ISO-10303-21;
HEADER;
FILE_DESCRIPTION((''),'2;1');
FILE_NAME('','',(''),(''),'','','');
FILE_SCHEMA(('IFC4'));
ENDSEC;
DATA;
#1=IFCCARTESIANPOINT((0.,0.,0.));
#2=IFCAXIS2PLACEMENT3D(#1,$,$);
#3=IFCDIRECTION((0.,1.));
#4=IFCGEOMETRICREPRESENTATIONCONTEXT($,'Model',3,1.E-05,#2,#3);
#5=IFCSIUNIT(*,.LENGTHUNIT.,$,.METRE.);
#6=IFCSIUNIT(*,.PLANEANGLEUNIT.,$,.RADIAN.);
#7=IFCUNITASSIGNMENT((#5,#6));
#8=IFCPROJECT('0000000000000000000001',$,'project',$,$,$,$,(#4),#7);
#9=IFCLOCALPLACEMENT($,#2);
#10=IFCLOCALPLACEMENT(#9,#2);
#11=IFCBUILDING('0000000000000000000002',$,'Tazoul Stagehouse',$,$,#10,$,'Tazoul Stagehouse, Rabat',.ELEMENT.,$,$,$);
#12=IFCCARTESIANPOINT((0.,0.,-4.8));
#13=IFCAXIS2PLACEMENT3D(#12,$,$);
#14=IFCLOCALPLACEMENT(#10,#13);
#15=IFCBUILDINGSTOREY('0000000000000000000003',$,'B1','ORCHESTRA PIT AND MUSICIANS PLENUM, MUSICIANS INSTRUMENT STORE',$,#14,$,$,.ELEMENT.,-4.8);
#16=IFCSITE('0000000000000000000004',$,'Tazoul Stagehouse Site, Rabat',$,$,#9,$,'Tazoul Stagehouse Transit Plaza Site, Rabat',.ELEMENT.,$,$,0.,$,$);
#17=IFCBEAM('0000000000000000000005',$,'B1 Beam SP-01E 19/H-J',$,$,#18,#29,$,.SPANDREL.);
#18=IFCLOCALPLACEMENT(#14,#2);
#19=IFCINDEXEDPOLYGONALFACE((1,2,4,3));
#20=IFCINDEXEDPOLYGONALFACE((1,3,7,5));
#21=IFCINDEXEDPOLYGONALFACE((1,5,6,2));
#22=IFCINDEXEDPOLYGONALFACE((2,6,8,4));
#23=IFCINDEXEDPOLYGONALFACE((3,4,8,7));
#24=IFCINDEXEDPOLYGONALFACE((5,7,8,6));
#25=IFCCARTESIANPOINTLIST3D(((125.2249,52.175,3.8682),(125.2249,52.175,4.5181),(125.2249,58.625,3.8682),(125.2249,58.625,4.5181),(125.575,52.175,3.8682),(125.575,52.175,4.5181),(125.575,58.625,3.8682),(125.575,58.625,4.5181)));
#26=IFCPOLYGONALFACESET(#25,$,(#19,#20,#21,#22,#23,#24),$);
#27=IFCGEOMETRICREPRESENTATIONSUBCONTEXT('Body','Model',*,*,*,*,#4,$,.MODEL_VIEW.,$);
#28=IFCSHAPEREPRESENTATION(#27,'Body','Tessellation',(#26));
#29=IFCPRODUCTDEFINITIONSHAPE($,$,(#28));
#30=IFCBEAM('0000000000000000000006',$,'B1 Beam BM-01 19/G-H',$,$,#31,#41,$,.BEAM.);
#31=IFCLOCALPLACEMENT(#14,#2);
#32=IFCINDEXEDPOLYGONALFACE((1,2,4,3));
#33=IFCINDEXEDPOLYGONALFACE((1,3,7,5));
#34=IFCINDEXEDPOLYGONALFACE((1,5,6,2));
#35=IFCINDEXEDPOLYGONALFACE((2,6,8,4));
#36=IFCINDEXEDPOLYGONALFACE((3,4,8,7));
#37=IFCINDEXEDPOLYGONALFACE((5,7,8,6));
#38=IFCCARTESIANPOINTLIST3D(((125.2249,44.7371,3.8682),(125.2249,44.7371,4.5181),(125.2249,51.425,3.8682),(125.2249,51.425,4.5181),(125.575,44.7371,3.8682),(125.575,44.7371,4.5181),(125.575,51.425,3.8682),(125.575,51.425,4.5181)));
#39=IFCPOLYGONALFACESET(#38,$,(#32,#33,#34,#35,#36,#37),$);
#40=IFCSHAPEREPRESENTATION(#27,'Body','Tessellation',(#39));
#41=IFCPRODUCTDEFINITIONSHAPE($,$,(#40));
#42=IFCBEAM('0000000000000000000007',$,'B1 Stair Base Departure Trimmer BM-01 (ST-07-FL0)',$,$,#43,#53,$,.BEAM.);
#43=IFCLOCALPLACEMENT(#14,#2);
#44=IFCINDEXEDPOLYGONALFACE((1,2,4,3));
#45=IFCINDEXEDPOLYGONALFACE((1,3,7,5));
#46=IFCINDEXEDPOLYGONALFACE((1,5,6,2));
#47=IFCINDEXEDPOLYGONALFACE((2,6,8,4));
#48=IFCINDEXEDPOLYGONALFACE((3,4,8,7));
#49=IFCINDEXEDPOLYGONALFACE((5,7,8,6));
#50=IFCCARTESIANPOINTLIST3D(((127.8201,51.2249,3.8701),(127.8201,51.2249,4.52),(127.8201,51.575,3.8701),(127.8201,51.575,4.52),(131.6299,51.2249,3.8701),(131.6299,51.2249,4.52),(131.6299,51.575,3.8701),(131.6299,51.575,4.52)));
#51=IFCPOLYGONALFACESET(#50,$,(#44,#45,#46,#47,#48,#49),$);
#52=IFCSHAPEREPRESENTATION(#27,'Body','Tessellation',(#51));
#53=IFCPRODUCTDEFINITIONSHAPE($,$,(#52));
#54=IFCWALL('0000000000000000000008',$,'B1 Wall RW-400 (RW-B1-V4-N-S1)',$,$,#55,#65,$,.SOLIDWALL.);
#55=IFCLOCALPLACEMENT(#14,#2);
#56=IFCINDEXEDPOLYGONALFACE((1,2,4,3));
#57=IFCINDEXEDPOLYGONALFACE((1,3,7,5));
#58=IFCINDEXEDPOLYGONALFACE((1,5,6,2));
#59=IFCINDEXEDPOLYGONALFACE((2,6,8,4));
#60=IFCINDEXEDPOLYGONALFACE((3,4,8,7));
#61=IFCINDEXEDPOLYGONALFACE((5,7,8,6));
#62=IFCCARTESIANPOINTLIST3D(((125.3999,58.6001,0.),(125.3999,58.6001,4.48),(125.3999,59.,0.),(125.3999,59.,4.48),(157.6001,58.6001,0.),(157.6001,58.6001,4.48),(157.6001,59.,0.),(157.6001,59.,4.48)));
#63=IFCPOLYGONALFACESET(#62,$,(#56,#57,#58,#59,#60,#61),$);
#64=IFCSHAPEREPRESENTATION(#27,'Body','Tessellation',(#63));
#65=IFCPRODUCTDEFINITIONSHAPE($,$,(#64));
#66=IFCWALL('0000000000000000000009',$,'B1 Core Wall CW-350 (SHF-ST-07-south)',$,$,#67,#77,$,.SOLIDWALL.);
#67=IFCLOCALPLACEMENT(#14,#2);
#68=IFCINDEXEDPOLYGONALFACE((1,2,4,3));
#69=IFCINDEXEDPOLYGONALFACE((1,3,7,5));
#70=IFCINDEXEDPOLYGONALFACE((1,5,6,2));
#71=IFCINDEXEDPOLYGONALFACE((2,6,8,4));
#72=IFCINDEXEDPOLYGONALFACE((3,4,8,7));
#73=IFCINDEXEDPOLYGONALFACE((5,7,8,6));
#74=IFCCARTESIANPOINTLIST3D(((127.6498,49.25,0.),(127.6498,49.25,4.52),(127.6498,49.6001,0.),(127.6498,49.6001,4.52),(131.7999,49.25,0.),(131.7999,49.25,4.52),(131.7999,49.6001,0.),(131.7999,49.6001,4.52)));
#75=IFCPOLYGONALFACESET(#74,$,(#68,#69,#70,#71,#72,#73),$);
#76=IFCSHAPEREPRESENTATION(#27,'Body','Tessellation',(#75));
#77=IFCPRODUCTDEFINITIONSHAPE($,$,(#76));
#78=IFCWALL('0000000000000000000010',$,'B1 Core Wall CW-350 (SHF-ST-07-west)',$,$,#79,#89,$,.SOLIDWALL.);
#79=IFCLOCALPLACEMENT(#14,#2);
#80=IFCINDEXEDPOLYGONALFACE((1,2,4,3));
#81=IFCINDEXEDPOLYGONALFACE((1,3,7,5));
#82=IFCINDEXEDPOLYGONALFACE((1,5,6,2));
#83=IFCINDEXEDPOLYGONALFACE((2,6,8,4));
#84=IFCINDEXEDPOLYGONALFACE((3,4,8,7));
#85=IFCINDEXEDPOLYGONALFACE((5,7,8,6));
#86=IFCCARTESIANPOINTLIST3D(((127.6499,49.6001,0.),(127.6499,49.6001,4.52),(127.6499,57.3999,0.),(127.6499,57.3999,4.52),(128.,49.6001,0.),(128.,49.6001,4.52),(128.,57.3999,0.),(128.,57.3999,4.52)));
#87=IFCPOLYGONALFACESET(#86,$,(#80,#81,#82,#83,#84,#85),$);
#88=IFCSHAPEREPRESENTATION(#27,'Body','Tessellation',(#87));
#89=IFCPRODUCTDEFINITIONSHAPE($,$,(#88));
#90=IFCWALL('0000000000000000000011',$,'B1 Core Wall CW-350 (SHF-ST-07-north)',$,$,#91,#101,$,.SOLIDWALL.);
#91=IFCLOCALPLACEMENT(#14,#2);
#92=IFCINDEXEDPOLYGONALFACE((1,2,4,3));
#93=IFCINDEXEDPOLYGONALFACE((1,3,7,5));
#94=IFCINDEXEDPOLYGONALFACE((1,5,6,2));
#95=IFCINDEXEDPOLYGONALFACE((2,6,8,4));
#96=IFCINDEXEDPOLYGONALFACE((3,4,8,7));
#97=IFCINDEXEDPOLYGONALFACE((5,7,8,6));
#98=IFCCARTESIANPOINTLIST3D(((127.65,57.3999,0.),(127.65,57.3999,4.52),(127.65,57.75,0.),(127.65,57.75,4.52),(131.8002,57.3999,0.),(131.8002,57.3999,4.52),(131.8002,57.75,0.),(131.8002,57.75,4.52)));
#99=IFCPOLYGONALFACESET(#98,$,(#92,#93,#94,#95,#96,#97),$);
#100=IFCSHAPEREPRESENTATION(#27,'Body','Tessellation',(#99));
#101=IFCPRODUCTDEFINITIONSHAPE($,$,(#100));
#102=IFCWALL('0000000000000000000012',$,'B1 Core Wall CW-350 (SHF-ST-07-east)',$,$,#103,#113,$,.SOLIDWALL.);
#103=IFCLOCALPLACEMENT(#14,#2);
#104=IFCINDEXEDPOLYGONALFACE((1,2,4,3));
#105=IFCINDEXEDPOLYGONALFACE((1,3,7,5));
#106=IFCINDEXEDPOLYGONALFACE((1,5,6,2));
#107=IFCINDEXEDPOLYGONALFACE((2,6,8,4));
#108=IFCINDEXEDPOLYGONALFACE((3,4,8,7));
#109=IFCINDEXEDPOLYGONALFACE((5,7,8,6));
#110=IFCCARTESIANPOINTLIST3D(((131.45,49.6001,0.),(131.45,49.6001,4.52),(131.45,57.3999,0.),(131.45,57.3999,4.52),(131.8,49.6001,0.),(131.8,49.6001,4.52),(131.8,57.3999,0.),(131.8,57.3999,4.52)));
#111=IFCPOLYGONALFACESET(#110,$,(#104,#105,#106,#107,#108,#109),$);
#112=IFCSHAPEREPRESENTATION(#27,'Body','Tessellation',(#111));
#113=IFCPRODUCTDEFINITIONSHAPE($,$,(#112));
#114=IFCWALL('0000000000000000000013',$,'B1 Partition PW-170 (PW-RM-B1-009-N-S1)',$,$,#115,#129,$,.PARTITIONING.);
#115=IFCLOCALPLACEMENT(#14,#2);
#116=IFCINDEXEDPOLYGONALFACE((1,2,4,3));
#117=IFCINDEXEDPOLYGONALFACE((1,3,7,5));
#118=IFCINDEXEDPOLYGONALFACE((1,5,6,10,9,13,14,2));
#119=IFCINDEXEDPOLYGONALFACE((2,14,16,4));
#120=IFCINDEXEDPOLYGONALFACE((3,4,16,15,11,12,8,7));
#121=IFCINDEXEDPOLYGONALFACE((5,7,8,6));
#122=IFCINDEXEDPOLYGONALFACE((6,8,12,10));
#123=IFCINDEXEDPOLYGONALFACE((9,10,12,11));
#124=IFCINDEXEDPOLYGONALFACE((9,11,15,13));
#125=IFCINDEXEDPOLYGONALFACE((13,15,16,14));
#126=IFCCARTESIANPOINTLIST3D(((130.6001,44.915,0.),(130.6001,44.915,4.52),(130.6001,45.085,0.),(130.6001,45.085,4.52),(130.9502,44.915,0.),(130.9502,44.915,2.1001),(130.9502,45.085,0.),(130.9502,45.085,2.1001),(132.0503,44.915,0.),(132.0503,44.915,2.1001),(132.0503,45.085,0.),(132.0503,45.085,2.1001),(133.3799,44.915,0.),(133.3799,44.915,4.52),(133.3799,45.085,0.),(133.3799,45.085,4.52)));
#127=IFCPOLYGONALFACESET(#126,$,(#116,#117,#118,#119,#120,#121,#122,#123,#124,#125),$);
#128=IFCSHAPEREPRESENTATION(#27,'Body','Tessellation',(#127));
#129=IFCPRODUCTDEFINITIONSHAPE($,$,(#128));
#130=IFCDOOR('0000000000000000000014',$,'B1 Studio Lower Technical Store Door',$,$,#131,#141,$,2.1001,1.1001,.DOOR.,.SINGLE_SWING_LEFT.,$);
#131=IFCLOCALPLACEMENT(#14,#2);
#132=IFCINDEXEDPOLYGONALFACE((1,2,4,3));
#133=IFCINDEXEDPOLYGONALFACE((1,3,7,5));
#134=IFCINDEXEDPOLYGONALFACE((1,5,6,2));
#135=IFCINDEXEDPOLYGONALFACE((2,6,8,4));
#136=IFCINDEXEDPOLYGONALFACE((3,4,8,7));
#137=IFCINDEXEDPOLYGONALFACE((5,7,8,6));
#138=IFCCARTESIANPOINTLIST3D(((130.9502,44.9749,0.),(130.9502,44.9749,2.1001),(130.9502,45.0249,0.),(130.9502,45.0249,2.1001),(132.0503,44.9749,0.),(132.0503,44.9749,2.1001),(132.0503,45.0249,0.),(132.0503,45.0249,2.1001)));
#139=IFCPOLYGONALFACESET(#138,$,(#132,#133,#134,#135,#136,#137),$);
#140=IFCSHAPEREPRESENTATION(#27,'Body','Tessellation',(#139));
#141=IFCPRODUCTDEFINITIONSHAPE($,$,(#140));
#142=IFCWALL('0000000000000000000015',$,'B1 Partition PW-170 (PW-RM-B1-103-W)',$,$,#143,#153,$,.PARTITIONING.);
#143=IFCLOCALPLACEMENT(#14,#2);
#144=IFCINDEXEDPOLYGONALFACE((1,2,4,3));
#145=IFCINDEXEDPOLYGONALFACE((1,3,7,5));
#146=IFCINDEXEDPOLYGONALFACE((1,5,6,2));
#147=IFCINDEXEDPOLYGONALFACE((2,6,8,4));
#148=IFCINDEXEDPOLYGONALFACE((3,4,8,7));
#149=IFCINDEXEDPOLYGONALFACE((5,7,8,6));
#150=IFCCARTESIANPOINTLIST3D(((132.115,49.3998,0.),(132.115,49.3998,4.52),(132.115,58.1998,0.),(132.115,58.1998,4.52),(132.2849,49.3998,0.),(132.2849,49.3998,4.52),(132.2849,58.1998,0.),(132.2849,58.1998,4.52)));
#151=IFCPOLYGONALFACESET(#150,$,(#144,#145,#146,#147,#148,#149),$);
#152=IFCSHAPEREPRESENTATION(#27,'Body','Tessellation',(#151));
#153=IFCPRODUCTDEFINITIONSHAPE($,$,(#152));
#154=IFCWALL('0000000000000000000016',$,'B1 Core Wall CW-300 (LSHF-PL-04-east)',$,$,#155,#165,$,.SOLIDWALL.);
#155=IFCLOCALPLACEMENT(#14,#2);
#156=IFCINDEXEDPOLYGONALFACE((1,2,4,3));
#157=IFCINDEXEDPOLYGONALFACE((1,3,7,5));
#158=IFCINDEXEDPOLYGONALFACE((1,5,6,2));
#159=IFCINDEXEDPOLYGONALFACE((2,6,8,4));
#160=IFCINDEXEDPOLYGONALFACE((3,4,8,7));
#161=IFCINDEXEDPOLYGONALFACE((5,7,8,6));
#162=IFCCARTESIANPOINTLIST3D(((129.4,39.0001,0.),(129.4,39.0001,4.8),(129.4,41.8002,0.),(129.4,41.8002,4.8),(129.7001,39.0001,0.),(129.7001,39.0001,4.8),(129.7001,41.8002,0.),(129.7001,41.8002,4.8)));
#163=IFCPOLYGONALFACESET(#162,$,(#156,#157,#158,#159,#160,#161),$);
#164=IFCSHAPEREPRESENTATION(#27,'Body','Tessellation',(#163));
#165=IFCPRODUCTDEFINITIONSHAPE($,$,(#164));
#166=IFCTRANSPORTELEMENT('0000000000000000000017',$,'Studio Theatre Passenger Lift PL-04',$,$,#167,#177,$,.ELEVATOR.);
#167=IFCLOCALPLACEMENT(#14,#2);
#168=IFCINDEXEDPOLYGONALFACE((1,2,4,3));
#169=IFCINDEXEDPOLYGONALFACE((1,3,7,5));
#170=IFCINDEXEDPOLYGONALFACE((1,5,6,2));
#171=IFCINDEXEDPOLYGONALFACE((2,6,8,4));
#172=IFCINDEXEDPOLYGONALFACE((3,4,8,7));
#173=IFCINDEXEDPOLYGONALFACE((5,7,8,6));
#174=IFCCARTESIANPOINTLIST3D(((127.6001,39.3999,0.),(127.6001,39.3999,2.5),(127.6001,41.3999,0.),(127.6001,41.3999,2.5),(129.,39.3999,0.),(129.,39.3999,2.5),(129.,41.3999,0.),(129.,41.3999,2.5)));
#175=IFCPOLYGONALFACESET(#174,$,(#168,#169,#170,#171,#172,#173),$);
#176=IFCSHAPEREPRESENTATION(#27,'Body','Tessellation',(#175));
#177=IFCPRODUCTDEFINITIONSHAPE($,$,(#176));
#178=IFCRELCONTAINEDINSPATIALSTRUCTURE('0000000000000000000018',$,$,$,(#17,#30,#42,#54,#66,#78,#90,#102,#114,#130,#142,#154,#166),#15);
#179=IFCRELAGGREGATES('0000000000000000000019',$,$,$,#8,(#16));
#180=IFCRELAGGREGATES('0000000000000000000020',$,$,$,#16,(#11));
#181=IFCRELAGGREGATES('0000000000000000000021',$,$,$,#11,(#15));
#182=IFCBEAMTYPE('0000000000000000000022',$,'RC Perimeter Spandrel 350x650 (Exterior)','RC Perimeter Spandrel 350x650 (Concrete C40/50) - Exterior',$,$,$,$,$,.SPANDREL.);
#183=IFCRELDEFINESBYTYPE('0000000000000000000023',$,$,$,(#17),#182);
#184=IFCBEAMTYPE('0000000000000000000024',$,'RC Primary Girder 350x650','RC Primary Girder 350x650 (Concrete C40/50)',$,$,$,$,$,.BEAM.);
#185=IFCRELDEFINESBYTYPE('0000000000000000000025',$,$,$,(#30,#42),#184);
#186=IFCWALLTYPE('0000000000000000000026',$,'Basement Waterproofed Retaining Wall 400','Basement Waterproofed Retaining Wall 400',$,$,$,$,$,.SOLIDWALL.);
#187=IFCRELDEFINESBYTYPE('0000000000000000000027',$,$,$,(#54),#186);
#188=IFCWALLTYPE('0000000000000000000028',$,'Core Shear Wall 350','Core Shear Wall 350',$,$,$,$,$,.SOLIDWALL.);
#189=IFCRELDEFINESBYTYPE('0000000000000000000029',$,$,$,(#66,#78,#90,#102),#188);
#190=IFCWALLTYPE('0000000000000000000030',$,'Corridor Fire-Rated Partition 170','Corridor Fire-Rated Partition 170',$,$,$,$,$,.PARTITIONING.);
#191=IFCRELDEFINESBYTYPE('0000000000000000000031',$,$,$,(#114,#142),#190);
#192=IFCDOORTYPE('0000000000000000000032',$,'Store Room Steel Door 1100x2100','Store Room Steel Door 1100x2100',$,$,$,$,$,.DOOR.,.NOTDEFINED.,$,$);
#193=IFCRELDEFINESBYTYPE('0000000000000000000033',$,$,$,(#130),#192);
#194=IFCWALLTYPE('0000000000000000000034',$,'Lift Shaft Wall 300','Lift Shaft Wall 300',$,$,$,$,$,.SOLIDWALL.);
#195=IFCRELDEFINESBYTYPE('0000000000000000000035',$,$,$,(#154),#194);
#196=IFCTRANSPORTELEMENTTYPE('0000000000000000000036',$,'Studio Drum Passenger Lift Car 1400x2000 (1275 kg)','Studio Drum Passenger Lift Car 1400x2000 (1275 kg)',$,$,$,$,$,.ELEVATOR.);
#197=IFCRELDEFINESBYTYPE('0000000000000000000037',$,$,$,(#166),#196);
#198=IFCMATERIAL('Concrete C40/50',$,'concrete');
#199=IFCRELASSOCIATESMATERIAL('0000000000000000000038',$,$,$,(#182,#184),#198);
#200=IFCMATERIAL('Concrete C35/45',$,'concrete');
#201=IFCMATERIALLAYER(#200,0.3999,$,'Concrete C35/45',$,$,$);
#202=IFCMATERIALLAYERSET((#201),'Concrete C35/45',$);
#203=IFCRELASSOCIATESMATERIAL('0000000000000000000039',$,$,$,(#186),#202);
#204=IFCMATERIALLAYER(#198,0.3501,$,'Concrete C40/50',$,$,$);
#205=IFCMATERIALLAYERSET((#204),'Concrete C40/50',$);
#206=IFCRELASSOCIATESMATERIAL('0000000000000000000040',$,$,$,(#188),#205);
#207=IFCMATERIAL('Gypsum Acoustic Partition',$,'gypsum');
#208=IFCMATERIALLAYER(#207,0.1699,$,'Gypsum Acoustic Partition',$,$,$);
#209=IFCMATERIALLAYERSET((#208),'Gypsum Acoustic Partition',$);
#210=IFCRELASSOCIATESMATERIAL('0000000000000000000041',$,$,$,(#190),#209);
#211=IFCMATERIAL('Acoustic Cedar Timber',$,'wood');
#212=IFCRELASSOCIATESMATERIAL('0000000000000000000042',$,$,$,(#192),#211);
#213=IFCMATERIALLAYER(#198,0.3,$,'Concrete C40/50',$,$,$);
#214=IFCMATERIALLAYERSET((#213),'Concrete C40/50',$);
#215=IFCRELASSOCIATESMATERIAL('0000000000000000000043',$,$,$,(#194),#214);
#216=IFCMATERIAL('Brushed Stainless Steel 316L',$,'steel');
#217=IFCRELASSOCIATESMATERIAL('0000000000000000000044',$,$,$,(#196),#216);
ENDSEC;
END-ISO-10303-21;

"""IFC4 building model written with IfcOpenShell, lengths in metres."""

from ifc_helpers import new_model, si_unit, direction, frame, frame_2d, origin, origin_2d, place, context, subcontext, project, spatial, rectangle, extrude, material, layer, layer_set, material_profile, profile_set, type_object, element, fill, save


model = new_model("IFC4")

# Units and contexts
model_context = context("Model", 3, precision=1e-05, world=origin(), true_north=direction((0.0, 1.0)))
body_context = subcontext(model_context, "Body", "Model", "MODEL_VIEW")
ifc_project = project(units=[si_unit("LENGTHUNIT", "METRE"), si_unit("PLANEANGLEUNIT", "RADIAN")], contexts=[model_context])

# Site, building, storey
site_placement = place(None, origin())
site = spatial("IfcSite", under=ifc_project, at=site_placement, Name="Tazoul Stagehouse Site, Rabat", LongName="Tazoul Stagehouse Transit Plaza Site, Rabat", CompositionType="ELEMENT", RefElevation=0.0)
building_placement = place(site_placement, origin())
building = spatial("IfcBuilding", under=site, at=building_placement, Name="Tazoul Stagehouse", LongName="Tazoul Stagehouse, Rabat", CompositionType="ELEMENT")
storey_placement = place(building_placement, frame((0.0, 0.0, -4.8)))
storey = spatial("IfcBuildingStorey", under=building, at=storey_placement, Name="B1", Description="ORCHESTRA PIT AND MUSICIANS PLENUM, MUSICIANS INSTRUMENT STORE", CompositionType="ELEMENT", Elevation=-4.8)

# Shared definitions
ifc_material_1 = material(Name="Concrete C35/45", Category="concrete")

# Shared definitions
ifc_material_2 = material(Name="Concrete C40/50", Category="concrete")

# Beams
ifc_material_profile_1 = material_profile(ifc_material_2, rectangle(XDim=0.3501, YDim=0.6499, at=origin_2d()), Name="RC 350x650")
ifc_profile_set_1 = profile_set([ifc_material_profile_1], Name="Concrete C40/50")
beam_type_1 = type_object("IfcBeamType", Name="RC Perimeter Spandrel 350x650 (Exterior)", Description="RC Perimeter Spandrel 350x650 (Concrete C40/50) - Exterior", PredefinedType="SPANDREL", material=ifc_profile_set_1)
beam_1_placement = place(storey_placement, frame((125.3999, 52.175, 4.1931), z_axis=(0.0, 1.0, 0.0), x_axis=(-1.0, 0.0, 0.0)))
element("IfcBeam", 1, at=beam_1_placement, inside=storey, type_object=beam_type_1, Name="B1 Beam SP-01E 19/H-J", PredefinedType="SPANDREL", context=body_context, shape_type="SweptSolid", body=[
    extrude(rectangle(XDim=0.3501, YDim=0.6499, at=origin_2d()), origin(), (0.0, 0.0, 1.0), 6.45),
])
ifc_material_profile_2 = material_profile(ifc_material_2, rectangle(XDim=0.3501, YDim=0.6499, at=origin_2d()), Name="RC 350x650")
ifc_profile_set_2 = profile_set([ifc_material_profile_2], Name="Concrete C40/50")
beam_type_2 = type_object("IfcBeamType", Name="RC Primary Girder 350x650", Description="RC Primary Girder 350x650 (Concrete C40/50)", PredefinedType="BEAM", material=ifc_profile_set_2)
beam_2_placement = place(storey_placement, frame((125.3999, 44.7371, 4.1931), z_axis=(0.0, 1.0, 0.0), x_axis=(-1.0, 0.0, 0.0)))
element("IfcBeam", 2, at=beam_2_placement, inside=storey, type_object=beam_type_2, Name="B1 Beam BM-01 19/G-H", PredefinedType="BEAM", context=body_context, shape_type="SweptSolid", body=[
    extrude(rectangle(XDim=0.3501, YDim=0.6499, at=origin_2d()), origin(), (0.0, 0.0, 1.0), 6.688),
])
beam_3_placement = place(storey_placement, frame((127.8201, 51.3999, 4.1951), z_axis=(1.0, 0.0, 0.0), x_axis=(0.0, 1.0, 0.0)))
element("IfcBeam", 3, at=beam_3_placement, inside=storey, type_object=beam_type_2, Name="B1 Stair Base Departure Trimmer BM-01 (ST-07-FL0)", PredefinedType="BEAM", context=body_context, shape_type="SweptSolid", body=[
    extrude(rectangle(XDim=0.3501, YDim=0.6499, at=origin_2d()), origin(), (0.0, 0.0, 1.0), 3.8098),
])

# Walls
ifc_layer_1 = layer(ifc_material_1, 0.3999, Name="Concrete C35/45")
ifc_layer_set_1 = layer_set([ifc_layer_1], Name="Concrete C35/45")
wall_type_1 = type_object("IfcWallType", Name="Basement Waterproofed Retaining Wall 400", Description="Basement Waterproofed Retaining Wall 400", PredefinedType="SOLIDWALL", material=ifc_layer_set_1)
wall_1_placement = place(storey_placement, frame((125.3999, 58.8, 0.0), z_axis=(0.0, 0.0, 1.0), x_axis=(1.0, 0.0, 0.0)))
element("IfcWall", 4, at=wall_1_placement, inside=storey, type_object=wall_type_1, Name="B1 Wall RW-400 (RW-B1-V4-N-S1)", PredefinedType="SOLIDWALL", context=body_context, shape_type="SweptSolid", body=[
    extrude(rectangle(XDim=32.2002, YDim=0.3999, at=frame_2d((16.1001, 0.0))), origin(), (0.0, 0.0, 1.0), 4.48),
])
ifc_layer_2 = layer(ifc_material_2, 0.3501, Name="Concrete C40/50")
ifc_layer_set_2 = layer_set([ifc_layer_2], Name="Concrete C40/50")
wall_type_2 = type_object("IfcWallType", Name="Core Shear Wall 350", Description="Core Shear Wall 350", PredefinedType="SOLIDWALL", material=ifc_layer_set_2)
wall_2_placement = place(storey_placement, frame((131.8, 49.425, 0.0), z_axis=(0.0, 0.0, 1.0), x_axis=(-1.0, 0.0, 0.0)))
element("IfcWall", 5, at=wall_2_placement, inside=storey, type_object=wall_type_2, Name="B1 Core Wall CW-350 (SHF-ST-07-south)", PredefinedType="SOLIDWALL", context=body_context, shape_type="SweptSolid", body=[
    extrude(rectangle(XDim=4.1501, YDim=0.3501, at=frame_2d((2.0752, 0.0))), origin(), (0.0, 0.0, 1.0), 4.52),
])
wall_3_placement = place(storey_placement, frame((127.825, 49.6001, 0.0), z_axis=(0.0, 0.0, 1.0), x_axis=(0.0, 1.0, 0.0)))
element("IfcWall", 6, at=wall_3_placement, inside=storey, type_object=wall_type_2, Name="B1 Core Wall CW-350 (SHF-ST-07-west)", PredefinedType="SOLIDWALL", context=body_context, shape_type="SweptSolid", body=[
    extrude(rectangle(XDim=7.7998, YDim=0.3501, at=frame_2d((3.8999, 0.0))), origin(), (0.0, 0.0, 1.0), 4.52),
])
wall_4_placement = place(storey_placement, frame((127.6499, 57.575, 0.0), z_axis=(0.0, 0.0, 1.0), x_axis=(1.0, 0.0, 0.0)))
element("IfcWall", 7, at=wall_4_placement, inside=storey, type_object=wall_type_2, Name="B1 Core Wall CW-350 (SHF-ST-07-north)", PredefinedType="SOLIDWALL", context=body_context, shape_type="SweptSolid", body=[
    extrude(rectangle(XDim=4.1501, YDim=0.3501, at=frame_2d((2.0752, 0.0))), origin(), (0.0, 0.0, 1.0), 4.52),
])
wall_5_placement = place(storey_placement, frame((131.625, 57.3999, 0.0), z_axis=(0.0, 0.0, 1.0), x_axis=(0.0, -1.0, 0.0)))
element("IfcWall", 8, at=wall_5_placement, inside=storey, type_object=wall_type_2, Name="B1 Core Wall CW-350 (SHF-ST-07-east)", PredefinedType="SOLIDWALL", context=body_context, shape_type="SweptSolid", body=[
    extrude(rectangle(XDim=7.7998, YDim=0.3501, at=frame_2d((3.8999, 0.0))), origin(), (0.0, 0.0, 1.0), 4.52),
])

# Wall, opening, door
ifc_material_3 = material(Name="Gypsum Acoustic Partition", Category="gypsum")
ifc_layer_3 = layer(ifc_material_3, 0.1699, Name="Gypsum Acoustic Partition")
ifc_layer_set_3 = layer_set([ifc_layer_3], Name="Gypsum Acoustic Partition")
wall_type_3 = type_object("IfcWallType", Name="Corridor Fire-Rated Partition 170", Description="Corridor Fire-Rated Partition 170", PredefinedType="PARTITIONING", material=ifc_layer_set_3)
wall_6_placement = place(storey_placement, frame((130.6001, 45.0, 0.0), z_axis=(0.0, 0.0, 1.0), x_axis=(1.0, 0.0, 0.0)))
wall_6 = element("IfcWall", 9, at=wall_6_placement, inside=storey, type_object=wall_type_3, Name="B1 Partition PW-170 (PW-RM-B1-009-N-S1)", PredefinedType="PARTITIONING", context=body_context, shape_type="SweptSolid", body=[
    extrude(rectangle(XDim=2.7798, YDim=0.1699, at=frame_2d((1.3899, 0.0))), origin(), (0.0, 0.0, 1.0), 4.52),
])
opening_1_placement = place(wall_6_placement, frame((0.3501, 0.0, 0.0)))
opening_1 = element("IfcOpeningElement", 10, at=opening_1_placement, cuts=wall_6, PredefinedType="OPENING", context=body_context, shape_type="SweptSolid", body=[
    extrude(rectangle(XDim=1.1001, YDim=2.1001, at=frame_2d((0.55, 1.05))), frame((0.0, 0.105, 0.0), z_axis=(0.0, -1.0, 0.0), x_axis=(1.0, 0.0, 0.0)), (0.0, 0.0, 1.0), 0.21),
])
ifc_material_4 = material(Name="Acoustic Cedar Timber", Category="wood")
door_type_1 = type_object("IfcDoorType", Name="Store Room Steel Door 1100x2100", Description="Store Room Steel Door 1100x2100", OperationType="NOTDEFINED", PredefinedType="DOOR", material=ifc_material_4)
door_1_placement = place(opening_1_placement, origin())
door_1 = element("IfcDoor", 11, at=door_1_placement, inside=storey, type_object=door_type_1, Name="B1 Studio Lower Technical Store Door", OperationType="SINGLE_SWING_LEFT", OverallHeight=2.1001, OverallWidth=1.1001, PredefinedType="DOOR", context=body_context, shape_type="SweptSolid", body=[
    extrude(rectangle(XDim=1.1001, YDim=2.1001, at=frame_2d((0.55, 1.05))), frame((0.0, 0.0249, 0.0), z_axis=(0.0, -1.0, 0.0), x_axis=(1.0, 0.0, 0.0)), (0.0, 0.0, 1.0), 0.05),
])
fill(opening_1, door_1)

# Wall
wall_7_placement = place(storey_placement, frame((132.2, 49.3999, 0.0), z_axis=(0.0, 0.0, 1.0), x_axis=(0.0, 1.0, 0.0)))
element("IfcWall", 12, at=wall_7_placement, inside=storey, type_object=wall_type_3, Name="B1 Partition PW-170 (PW-RM-B1-103-W)", PredefinedType="PARTITIONING", context=body_context, shape_type="SweptSolid", body=[
    extrude(rectangle(XDim=8.8, YDim=0.1699, at=frame_2d((4.3999, 0.0))), origin(), (0.0, 0.0, 1.0), 4.52),
])

# Shared definitions
ifc_layer_4 = layer(ifc_material_2, 0.3, Name="Concrete C40/50")
ifc_layer_set_4 = layer_set([ifc_layer_4], Name="Concrete C40/50")
wall_type_4 = type_object("IfcWallType", Name="Lift Shaft Wall 300", Description="Lift Shaft Wall 300", PredefinedType="SOLIDWALL", material=ifc_layer_set_4)

# Wall
wall_8_placement = place(storey_placement, frame((129.55, 41.8, 0.0), z_axis=(0.0, 0.0, 1.0), x_axis=(0.0, -1.0, 0.0)))
element("IfcWall", 13, at=wall_8_placement, inside=storey, type_object=wall_type_4, Name="B1 Core Wall CW-300 (LSHF-PL-04-east)", PredefinedType="SOLIDWALL", context=body_context, shape_type="SweptSolid", body=[
    extrude(rectangle(XDim=2.8, YDim=0.3, at=frame_2d((1.3999, 0.0))), origin(), (0.0, 0.0, 1.0), 4.8),
])

# Transport element
ifc_material_5 = material(Name="Brushed Stainless Steel 316L", Category="steel")
transport_element_type = type_object("IfcTransportElementType", Name="Studio Drum Passenger Lift Car 1400x2000 (1275 kg)", Description="Studio Drum Passenger Lift Car 1400x2000 (1275 kg)", PredefinedType="ELEVATOR", material=ifc_material_5)
transport_element_placement = place(storey_placement, frame((128.3, 40.3999, 0.0), z_axis=(0.0, 0.0, 1.0), x_axis=(1.0, 0.0, 0.0)))
element("IfcTransportElement", 14, at=transport_element_placement, inside=storey, type_object=transport_element_type, Name="Studio Theatre Passenger Lift PL-04", PredefinedType="ELEVATOR", context=body_context, shape_type="SweptSolid", body=[
    extrude(rectangle(XDim=1.3999, YDim=2.0, at=origin_2d()), origin(), (0.0, 0.0, 1.0), 2.5),
])

save(model, "model.ifc")
